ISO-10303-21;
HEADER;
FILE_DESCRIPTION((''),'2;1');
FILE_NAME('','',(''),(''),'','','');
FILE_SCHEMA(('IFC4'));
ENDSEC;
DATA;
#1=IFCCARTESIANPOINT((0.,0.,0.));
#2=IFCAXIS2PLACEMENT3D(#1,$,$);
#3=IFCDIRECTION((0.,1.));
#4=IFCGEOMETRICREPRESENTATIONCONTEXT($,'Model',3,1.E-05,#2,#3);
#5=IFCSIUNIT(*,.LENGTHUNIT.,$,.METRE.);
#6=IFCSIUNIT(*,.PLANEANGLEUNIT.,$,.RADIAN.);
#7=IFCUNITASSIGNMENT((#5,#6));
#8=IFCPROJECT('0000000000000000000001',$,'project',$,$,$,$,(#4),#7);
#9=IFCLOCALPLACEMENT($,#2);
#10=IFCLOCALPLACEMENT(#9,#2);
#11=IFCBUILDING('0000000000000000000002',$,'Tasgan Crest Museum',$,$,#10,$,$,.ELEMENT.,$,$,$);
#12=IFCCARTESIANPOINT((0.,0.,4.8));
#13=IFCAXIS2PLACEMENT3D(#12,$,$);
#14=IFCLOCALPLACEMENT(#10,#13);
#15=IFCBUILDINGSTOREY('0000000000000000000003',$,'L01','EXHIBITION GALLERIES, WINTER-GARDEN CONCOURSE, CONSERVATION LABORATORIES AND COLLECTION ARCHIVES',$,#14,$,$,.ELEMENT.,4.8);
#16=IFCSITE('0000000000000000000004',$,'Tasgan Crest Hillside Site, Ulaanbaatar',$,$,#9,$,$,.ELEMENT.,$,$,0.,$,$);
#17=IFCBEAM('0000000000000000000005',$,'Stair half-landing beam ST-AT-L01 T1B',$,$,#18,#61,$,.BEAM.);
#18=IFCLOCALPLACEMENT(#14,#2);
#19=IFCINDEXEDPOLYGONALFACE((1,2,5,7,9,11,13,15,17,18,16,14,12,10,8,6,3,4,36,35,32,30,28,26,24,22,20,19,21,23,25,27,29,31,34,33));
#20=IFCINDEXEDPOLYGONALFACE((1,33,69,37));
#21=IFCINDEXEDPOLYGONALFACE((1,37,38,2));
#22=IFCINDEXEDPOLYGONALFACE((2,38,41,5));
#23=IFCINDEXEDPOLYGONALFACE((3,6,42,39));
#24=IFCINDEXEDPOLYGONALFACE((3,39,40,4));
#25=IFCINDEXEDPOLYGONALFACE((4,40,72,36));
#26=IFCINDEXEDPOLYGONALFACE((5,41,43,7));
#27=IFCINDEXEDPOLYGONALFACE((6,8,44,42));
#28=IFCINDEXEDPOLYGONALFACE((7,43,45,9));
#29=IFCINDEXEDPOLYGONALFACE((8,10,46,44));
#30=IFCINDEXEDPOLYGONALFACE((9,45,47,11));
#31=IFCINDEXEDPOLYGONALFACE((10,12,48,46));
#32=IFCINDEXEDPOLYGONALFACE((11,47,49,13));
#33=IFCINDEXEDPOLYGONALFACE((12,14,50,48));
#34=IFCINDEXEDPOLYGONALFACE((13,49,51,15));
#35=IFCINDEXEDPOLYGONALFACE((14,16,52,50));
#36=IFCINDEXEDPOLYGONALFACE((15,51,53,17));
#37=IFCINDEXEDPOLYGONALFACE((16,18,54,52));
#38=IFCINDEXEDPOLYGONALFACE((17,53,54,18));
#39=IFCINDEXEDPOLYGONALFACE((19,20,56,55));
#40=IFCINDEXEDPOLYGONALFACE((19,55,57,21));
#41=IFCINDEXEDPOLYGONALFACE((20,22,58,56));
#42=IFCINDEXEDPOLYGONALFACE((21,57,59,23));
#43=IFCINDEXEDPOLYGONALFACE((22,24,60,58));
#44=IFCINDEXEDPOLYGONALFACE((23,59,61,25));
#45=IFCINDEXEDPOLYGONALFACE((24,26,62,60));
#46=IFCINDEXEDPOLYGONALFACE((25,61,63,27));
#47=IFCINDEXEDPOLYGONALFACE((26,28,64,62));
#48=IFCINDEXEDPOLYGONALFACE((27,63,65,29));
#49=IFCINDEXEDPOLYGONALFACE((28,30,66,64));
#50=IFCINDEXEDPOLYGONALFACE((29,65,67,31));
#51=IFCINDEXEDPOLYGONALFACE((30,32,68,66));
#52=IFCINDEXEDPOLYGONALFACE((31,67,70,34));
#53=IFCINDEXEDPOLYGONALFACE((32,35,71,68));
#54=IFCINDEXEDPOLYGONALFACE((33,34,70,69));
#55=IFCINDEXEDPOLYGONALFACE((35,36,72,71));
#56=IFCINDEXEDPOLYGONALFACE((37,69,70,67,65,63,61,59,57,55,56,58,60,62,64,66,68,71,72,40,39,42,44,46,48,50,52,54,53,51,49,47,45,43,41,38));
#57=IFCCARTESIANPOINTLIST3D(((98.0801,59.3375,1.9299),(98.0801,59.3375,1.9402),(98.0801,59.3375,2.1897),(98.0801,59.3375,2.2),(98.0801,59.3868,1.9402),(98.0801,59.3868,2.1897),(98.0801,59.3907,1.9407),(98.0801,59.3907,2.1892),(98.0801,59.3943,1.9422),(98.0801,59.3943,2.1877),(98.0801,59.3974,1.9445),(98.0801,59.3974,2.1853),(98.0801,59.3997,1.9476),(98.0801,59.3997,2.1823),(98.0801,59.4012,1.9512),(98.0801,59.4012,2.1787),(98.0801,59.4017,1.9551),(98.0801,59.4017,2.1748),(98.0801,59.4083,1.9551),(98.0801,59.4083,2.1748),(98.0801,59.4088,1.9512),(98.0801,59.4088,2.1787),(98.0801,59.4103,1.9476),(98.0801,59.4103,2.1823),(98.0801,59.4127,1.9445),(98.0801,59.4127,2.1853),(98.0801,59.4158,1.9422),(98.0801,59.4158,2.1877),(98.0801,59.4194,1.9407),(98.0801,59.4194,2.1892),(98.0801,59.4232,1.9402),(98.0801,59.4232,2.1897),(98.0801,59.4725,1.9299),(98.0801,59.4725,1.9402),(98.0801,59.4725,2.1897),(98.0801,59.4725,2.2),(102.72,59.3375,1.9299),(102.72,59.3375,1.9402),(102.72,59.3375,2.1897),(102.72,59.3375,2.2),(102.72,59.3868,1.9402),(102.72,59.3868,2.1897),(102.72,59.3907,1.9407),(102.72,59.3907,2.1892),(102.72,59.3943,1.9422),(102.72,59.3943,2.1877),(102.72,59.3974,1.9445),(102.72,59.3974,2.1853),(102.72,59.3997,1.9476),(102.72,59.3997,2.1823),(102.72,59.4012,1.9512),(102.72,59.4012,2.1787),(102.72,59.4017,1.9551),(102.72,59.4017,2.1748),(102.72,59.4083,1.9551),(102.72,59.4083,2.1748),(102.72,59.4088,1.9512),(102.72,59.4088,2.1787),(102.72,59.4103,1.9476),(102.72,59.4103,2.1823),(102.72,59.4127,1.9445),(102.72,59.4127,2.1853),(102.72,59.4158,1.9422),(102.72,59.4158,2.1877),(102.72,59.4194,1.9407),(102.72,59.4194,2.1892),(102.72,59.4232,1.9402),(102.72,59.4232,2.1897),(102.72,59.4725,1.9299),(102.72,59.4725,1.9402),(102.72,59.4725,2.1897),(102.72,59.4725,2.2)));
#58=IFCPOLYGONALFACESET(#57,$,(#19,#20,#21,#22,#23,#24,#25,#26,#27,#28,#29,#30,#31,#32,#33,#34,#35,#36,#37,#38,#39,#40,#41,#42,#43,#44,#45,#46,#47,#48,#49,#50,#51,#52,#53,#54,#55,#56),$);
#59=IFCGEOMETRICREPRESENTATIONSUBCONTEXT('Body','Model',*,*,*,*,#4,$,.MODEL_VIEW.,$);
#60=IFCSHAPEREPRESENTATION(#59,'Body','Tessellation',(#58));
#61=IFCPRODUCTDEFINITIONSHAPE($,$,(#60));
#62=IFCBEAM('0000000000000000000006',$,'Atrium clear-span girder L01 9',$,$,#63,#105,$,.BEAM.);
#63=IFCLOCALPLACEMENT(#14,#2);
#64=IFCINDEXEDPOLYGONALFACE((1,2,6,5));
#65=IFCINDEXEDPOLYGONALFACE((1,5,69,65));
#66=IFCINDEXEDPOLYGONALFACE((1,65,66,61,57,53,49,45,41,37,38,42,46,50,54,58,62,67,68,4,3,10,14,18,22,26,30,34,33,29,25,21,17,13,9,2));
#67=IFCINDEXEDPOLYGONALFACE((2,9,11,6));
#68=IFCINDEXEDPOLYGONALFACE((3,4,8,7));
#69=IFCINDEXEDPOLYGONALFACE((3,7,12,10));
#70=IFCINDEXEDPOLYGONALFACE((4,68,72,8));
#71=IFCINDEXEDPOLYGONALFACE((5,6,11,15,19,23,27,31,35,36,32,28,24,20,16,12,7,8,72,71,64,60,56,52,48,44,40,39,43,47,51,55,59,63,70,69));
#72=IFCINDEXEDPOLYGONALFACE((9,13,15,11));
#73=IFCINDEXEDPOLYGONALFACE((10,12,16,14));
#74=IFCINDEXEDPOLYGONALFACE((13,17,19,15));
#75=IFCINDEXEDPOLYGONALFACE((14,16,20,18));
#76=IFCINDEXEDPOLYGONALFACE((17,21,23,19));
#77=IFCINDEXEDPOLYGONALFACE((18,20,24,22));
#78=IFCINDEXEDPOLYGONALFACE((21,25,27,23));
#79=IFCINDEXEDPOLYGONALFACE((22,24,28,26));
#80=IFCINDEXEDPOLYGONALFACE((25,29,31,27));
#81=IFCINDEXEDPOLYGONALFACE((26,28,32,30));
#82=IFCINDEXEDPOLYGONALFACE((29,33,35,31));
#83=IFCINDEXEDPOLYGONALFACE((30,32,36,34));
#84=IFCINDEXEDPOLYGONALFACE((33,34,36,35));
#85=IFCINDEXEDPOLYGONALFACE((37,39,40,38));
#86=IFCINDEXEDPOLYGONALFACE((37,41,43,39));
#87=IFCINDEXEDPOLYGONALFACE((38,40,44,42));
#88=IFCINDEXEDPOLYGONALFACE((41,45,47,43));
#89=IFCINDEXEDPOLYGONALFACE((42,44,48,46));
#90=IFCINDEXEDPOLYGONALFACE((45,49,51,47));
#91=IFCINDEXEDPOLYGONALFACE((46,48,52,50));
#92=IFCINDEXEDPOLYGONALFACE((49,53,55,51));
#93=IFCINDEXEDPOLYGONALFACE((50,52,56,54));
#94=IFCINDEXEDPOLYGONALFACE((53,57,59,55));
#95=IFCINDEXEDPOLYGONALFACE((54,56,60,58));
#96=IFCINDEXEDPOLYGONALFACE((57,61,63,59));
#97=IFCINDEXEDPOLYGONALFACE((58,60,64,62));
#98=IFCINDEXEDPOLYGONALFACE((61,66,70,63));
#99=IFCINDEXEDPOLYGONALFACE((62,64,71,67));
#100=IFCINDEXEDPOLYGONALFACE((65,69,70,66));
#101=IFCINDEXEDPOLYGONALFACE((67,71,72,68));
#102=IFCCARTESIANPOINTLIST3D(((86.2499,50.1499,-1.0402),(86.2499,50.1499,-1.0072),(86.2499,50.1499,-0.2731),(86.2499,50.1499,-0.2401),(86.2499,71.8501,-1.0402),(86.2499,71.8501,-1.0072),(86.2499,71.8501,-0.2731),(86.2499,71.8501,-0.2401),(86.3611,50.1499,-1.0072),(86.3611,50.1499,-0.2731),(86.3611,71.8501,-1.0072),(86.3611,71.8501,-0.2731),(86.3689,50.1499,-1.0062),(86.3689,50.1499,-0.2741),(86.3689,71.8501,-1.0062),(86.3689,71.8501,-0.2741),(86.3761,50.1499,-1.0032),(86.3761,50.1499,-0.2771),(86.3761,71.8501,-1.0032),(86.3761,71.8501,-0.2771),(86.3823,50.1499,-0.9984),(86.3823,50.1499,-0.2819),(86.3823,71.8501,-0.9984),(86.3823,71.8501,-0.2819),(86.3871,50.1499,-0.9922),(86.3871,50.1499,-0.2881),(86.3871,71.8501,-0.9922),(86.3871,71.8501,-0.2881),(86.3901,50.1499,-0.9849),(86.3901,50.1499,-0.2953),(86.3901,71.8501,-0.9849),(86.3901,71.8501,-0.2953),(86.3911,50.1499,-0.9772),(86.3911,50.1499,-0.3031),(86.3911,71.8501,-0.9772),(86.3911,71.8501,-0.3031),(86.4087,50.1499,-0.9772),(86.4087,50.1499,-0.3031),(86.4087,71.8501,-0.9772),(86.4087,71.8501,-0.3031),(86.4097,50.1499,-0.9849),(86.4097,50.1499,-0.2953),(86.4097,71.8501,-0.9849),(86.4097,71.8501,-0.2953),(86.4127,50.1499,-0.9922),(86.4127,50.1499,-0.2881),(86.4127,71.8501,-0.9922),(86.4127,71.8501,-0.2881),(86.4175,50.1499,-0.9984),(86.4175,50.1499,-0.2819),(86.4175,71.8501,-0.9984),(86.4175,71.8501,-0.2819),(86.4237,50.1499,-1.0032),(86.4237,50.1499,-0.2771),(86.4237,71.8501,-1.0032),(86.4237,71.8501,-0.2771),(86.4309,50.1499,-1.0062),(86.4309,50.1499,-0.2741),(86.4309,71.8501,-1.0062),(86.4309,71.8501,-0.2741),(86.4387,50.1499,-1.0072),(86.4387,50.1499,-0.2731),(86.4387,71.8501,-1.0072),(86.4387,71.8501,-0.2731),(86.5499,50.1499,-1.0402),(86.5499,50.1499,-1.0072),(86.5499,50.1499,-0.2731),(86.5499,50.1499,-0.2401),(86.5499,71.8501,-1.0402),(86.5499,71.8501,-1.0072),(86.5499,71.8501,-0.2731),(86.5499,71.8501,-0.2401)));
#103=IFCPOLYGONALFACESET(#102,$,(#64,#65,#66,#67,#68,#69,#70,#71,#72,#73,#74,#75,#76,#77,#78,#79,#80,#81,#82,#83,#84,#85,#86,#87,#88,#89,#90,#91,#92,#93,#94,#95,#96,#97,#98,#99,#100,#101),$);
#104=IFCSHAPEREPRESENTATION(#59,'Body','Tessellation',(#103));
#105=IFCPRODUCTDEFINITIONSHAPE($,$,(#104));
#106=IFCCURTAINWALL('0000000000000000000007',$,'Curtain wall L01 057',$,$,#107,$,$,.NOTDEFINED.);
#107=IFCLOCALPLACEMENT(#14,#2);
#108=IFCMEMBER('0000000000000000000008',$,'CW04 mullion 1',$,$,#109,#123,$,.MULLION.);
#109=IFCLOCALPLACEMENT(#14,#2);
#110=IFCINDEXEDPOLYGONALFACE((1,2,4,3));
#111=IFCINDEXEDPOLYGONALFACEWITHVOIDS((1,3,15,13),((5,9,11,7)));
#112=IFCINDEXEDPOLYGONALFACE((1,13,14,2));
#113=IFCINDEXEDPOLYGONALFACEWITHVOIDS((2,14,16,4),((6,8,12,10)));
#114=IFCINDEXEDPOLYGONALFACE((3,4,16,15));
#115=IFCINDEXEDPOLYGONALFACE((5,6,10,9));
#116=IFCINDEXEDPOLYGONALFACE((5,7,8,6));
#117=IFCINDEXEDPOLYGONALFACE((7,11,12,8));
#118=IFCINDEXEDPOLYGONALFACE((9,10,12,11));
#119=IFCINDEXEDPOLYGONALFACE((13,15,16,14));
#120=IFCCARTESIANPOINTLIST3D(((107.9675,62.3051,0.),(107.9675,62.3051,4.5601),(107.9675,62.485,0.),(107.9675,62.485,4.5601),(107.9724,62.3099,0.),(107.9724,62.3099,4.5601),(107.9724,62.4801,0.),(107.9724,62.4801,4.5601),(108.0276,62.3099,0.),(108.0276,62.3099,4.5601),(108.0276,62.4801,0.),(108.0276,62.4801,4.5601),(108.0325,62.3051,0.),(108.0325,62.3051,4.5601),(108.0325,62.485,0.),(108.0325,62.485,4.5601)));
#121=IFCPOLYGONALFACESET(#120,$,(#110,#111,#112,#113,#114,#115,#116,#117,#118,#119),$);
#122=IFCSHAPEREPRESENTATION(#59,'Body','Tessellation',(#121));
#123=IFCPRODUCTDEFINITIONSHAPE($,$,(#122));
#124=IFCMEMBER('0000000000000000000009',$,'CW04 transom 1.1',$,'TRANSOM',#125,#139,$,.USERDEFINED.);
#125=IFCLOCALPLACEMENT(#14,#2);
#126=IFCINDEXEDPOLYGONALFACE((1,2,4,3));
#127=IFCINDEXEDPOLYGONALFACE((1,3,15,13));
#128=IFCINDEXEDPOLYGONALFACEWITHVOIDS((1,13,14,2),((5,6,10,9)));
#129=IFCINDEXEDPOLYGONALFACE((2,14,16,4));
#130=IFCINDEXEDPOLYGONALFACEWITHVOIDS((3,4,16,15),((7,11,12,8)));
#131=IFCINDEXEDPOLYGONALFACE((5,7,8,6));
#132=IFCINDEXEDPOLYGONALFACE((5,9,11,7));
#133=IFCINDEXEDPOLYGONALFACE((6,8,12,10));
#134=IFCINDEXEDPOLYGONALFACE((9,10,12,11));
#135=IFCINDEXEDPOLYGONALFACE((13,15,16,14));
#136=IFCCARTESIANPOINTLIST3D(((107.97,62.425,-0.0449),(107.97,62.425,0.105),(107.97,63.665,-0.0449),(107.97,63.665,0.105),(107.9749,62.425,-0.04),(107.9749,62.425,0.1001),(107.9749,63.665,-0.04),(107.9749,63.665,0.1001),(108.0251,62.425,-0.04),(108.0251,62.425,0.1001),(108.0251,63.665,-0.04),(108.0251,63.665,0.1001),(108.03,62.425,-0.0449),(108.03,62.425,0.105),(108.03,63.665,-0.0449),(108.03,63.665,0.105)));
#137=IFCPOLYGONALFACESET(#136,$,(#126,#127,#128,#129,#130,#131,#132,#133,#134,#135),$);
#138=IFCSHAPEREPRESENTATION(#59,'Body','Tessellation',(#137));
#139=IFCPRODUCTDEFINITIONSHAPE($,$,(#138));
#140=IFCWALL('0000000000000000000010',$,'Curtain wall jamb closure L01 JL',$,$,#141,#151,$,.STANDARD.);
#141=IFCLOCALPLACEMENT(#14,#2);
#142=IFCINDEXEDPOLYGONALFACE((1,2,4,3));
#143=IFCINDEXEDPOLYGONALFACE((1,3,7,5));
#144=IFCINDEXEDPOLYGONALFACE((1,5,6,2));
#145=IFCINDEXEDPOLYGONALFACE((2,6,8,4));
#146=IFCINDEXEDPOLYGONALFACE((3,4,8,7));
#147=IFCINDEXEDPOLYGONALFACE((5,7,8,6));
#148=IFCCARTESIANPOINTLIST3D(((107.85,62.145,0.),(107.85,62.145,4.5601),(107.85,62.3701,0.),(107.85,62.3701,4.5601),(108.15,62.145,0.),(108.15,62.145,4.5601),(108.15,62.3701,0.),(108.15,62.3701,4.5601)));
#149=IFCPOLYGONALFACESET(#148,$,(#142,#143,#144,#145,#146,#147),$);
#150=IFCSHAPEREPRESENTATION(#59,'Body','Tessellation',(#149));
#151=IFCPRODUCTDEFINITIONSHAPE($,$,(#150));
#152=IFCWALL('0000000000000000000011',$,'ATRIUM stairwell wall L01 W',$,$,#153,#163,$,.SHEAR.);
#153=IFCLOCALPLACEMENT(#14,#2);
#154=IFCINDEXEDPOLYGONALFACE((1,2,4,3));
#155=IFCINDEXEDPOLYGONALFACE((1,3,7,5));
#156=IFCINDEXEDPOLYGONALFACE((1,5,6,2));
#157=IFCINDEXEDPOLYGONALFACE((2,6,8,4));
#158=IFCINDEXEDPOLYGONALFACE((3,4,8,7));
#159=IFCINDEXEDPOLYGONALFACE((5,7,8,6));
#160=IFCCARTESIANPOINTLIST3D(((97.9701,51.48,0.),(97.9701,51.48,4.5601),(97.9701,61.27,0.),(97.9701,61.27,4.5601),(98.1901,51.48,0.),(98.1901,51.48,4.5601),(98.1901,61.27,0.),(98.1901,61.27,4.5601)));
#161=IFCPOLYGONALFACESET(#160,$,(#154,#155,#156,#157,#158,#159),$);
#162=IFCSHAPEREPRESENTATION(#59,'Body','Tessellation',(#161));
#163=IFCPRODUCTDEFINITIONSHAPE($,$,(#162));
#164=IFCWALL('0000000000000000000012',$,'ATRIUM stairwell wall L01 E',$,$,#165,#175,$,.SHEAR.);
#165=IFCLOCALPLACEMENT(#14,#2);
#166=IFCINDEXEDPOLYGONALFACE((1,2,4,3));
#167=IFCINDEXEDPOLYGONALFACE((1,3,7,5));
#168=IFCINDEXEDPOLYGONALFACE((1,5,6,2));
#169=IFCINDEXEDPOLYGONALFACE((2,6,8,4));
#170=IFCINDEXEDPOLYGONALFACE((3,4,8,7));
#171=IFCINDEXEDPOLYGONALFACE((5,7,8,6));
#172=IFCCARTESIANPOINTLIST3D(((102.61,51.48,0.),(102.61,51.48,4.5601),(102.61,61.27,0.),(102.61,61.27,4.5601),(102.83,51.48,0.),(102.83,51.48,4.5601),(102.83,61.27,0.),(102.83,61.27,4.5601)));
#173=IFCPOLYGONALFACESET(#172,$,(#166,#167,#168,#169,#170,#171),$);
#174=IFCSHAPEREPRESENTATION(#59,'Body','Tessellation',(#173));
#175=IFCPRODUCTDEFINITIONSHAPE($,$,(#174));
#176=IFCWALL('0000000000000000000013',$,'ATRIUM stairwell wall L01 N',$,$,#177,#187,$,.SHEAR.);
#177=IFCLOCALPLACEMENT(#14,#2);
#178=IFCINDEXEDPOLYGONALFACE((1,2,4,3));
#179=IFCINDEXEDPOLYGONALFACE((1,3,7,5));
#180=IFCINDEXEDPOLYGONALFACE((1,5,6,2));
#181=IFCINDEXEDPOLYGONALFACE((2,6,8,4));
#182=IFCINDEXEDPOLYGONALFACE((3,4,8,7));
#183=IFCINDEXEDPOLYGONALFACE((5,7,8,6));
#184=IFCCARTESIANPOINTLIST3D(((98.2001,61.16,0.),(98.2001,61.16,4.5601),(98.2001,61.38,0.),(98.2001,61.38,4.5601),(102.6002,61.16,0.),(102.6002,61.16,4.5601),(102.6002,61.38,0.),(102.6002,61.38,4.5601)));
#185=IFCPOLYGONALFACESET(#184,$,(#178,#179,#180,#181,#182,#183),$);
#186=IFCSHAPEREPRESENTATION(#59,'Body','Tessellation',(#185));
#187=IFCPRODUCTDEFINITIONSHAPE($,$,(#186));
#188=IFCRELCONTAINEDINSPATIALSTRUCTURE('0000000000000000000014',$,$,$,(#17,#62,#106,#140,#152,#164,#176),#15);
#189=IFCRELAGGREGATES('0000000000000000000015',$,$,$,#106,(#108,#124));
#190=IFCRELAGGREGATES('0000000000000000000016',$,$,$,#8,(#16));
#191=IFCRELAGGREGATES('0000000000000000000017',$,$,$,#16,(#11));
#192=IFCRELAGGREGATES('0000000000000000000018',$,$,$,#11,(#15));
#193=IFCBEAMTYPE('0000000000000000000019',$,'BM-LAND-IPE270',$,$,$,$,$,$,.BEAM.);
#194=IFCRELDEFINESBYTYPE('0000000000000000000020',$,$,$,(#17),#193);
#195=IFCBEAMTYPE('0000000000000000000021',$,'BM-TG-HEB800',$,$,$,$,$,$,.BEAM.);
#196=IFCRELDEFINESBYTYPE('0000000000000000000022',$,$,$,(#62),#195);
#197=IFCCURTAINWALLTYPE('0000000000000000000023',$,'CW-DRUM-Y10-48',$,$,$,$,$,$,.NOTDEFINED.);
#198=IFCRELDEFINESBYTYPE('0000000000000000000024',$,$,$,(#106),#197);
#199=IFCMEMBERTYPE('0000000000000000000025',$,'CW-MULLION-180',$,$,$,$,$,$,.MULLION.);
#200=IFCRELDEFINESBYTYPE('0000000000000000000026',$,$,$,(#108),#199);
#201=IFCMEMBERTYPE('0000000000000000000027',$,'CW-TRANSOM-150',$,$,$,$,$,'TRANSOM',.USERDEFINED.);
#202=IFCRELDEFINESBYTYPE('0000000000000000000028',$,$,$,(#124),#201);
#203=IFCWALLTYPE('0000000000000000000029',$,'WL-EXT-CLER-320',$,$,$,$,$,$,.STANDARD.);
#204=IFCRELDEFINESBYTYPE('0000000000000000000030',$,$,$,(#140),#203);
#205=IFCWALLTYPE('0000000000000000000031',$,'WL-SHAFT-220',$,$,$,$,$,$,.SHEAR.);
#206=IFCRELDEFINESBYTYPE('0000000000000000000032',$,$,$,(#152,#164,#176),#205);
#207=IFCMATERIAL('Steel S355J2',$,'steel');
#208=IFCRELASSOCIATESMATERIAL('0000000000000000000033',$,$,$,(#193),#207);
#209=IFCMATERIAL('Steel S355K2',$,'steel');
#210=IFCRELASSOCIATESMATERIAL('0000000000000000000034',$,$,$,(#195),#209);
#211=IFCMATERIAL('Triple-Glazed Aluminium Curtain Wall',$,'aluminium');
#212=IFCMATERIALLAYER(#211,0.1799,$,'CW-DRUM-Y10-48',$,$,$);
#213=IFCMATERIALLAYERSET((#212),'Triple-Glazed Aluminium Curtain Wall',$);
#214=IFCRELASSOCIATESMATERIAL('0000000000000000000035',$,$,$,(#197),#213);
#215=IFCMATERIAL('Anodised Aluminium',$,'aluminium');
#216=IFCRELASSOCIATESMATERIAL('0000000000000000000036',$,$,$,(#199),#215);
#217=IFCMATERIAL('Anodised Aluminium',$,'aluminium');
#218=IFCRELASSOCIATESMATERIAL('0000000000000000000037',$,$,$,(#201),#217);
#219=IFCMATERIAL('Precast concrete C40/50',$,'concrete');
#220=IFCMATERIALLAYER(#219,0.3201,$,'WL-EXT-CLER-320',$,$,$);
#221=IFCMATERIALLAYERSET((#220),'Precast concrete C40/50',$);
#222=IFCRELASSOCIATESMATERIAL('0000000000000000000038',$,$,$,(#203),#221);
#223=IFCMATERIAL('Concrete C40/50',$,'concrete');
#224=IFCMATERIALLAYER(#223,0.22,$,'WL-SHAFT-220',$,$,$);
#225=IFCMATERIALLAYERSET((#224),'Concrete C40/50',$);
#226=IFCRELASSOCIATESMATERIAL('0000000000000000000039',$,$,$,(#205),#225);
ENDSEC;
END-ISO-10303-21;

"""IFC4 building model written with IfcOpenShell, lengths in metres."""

from ifc_helpers import new_model, si_unit, direction, frame, frame_2d, origin, origin_2d, place, context, subcontext, project, spatial, rectangle, hollow_rectangle, i_section, extrude, material, layer, layer_set, material_profile, profile_set, type_object, element, aggregate, save


model = new_model("IFC4")

# Units and contexts
model_context = context("Model", 3, precision=1e-05, world=origin(), true_north=direction((0.0, 1.0)))
body_context = subcontext(model_context, "Body", "Model", "MODEL_VIEW")
ifc_project = project(units=[si_unit("LENGTHUNIT", "METRE"), si_unit("PLANEANGLEUNIT", "RADIAN")], contexts=[model_context])

# Site, building, storey
site_placement = place(None, origin())
site = spatial("IfcSite", under=ifc_project, at=site_placement, Name="Tasgan Crest Hillside Site, Ulaanbaatar", CompositionType="ELEMENT", RefElevation=0.0)
building_placement = place(site_placement, origin())
building = spatial("IfcBuilding", under=site, at=building_placement, Name="Tasgan Crest Museum", CompositionType="ELEMENT")
storey_placement = place(building_placement, frame((0.0, 0.0, 4.8)))
storey = spatial("IfcBuildingStorey", under=building, at=storey_placement, Name="L01", Description="EXHIBITION GALLERIES, WINTER-GARDEN CONCOURSE, CONSERVATION LABORATORIES AND COLLECTION ARCHIVES", CompositionType="ELEMENT", Elevation=4.8)

# Beams
ifc_material_1 = material(Name="Steel S355J2", Category="steel")
ifc_material_profile_1 = material_profile(ifc_material_1, i_section(OverallWidth=0.135, OverallDepth=0.27, WebThickness=0.0066, FlangeThickness=0.0103, FilletRadius=0.0149, at=origin_2d()), Name="IPE 270")
ifc_profile_set_1 = profile_set([ifc_material_profile_1], Name="Steel S355J2")
beam_type_1 = type_object("IfcBeamType", Name="BM-LAND-IPE270", PredefinedType="BEAM", material=ifc_profile_set_1)
for number, where, z_axis, x_axis, name in (
    (1, (98.0801, 59.405, 2.0649), (1.0, 0.0, 0.0), (0.0, 1.0, 0.0), "Stair half-landing beam ST-AT-L01 T1B"),
):
    element("IfcBeam", number, at=place(storey_placement, frame(where, z_axis=z_axis, x_axis=x_axis)), inside=storey, type_object=beam_type_1, Name=name, PredefinedType="BEAM", context=body_context, shape_type="SweptSolid", body=[
        extrude(i_section(OverallWidth=0.135, OverallDepth=0.27, WebThickness=0.0066, FlangeThickness=0.0103, FilletRadius=0.0149, at=origin_2d()), origin(), (0.0, 0.0, 1.0), 4.6399),
    ])
ifc_material_2 = material(Name="Steel S355K2", Category="steel")
ifc_material_profile_2 = material_profile(ifc_material_2, i_section(OverallWidth=0.3, OverallDepth=0.8, WebThickness=0.0176, FlangeThickness=0.033, FilletRadius=0.03, at=origin_2d()), Name="HEB 800")
ifc_profile_set_2 = profile_set([ifc_material_profile_2], Name="Steel S355K2")
beam_type_2 = type_object("IfcBeamType", Name="BM-TG-HEB800", PredefinedType="BEAM", material=ifc_profile_set_2)
beam_1_placement = place(storey_placement, frame((86.3999, 50.1499, -0.6401), z_axis=(0.0, 1.0, 0.0), x_axis=(-1.0, 0.0, 0.0)))
element("IfcBeam", 2, at=beam_1_placement, inside=storey, type_object=beam_type_2, Name="Atrium clear-span girder L01 9", PredefinedType="BEAM", context=body_context, shape_type="SweptSolid", body=[
    extrude(i_section(OverallWidth=0.3, OverallDepth=0.8, WebThickness=0.0176, FlangeThickness=0.033, FilletRadius=0.03, at=origin_2d()), origin(), (0.0, 0.0, 1.0), 21.7002),
])

# Curtain wall, members
ifc_material_3 = material(Name="Triple-Glazed Aluminium Curtain Wall", Category="aluminium")
ifc_layer_1 = layer(ifc_material_3, 0.1799, Name="CW-DRUM-Y10-48")
ifc_layer_set_1 = layer_set([ifc_layer_1], Name="Triple-Glazed Aluminium Curtain Wall")
curtain_wall_type = type_object("IfcCurtainWallType", Name="CW-DRUM-Y10-48", PredefinedType="NOTDEFINED", material=ifc_layer_set_1)
curtain_wall_placement = place(storey_placement, origin())
curtain_wall = element("IfcCurtainWall", 3, at=curtain_wall_placement, inside=storey, type_object=curtain_wall_type, Name="Curtain wall L01 057", PredefinedType="NOTDEFINED")
ifc_material_4 = material(Name="Anodised Aluminium", Category="aluminium")
ifc_material_profile_3 = material_profile(ifc_material_4, hollow_rectangle(XDim=0.0649, YDim=0.1799, WallThickness=0.0049, at=origin_2d()), Name="ALU MULLION 180x65x5")
ifc_profile_set_3 = profile_set([ifc_material_profile_3], Name="Anodised Aluminium")
member_type_1 = type_object("IfcMemberType", Name="CW-MULLION-180", PredefinedType="MULLION", material=ifc_profile_set_3)
member_1_placement = place(storey_placement, frame((108.0, 62.395, 0.0), z_axis=(0.0, 0.0, 1.0), x_axis=(-1.0, 0.0, 0.0)))
member_1 = element("IfcMember", 4, at=member_1_placement, type_object=member_type_1, Name="CW04 mullion 1", PredefinedType="MULLION", context=body_context, shape_type="SweptSolid", body=[
    extrude(hollow_rectangle(XDim=0.0649, YDim=0.1799, WallThickness=0.0049, at=origin_2d()), origin(), (0.0, 0.0, 1.0), 4.5601),
])
ifc_material_5 = material(Name="Anodised Aluminium", Category="aluminium")
ifc_material_profile_4 = material_profile(ifc_material_5, hollow_rectangle(XDim=0.0601, YDim=0.1499, WallThickness=0.0049, at=origin_2d()), Name="ALU TRANSOM 150x60x5")
ifc_profile_set_4 = profile_set([ifc_material_profile_4], Name="Anodised Aluminium")
member_type_2 = type_object("IfcMemberType", Name="CW-TRANSOM-150", ElementType="TRANSOM", PredefinedType="USERDEFINED", material=ifc_profile_set_4)
member_2_placement = place(storey_placement, frame((108.0, 62.425, 0.03), z_axis=(0.0, 1.0, 0.0), x_axis=(-1.0, 0.0, 0.0)))
member_2 = element("IfcMember", 5, at=member_2_placement, type_object=member_type_2, Name="CW04 transom 1.1", ObjectType="TRANSOM", PredefinedType="USERDEFINED", context=body_context, shape_type="SweptSolid", body=[
    extrude(hollow_rectangle(XDim=0.0601, YDim=0.1499, WallThickness=0.0049, at=origin_2d()), origin(), (0.0, 0.0, 1.0), 1.24),
])
aggregate(curtain_wall, [member_1, member_2])

# Walls
ifc_material_6 = material(Name="Precast concrete C40/50", Category="concrete")
ifc_layer_2 = layer(ifc_material_6, 0.3201, Name="WL-EXT-CLER-320")
ifc_layer_set_2 = layer_set([ifc_layer_2], Name="Precast concrete C40/50")
wall_type_1 = type_object("IfcWallType", Name="WL-EXT-CLER-320", PredefinedType="STANDARD", material=ifc_layer_set_2)
wall_1_placement = place(storey_placement, frame((108.0, 62.145, 0.0), z_axis=(0.0, 0.0, 1.0), x_axis=(0.0, 1.0, 0.0)))
element("IfcWall", 6, at=wall_1_placement, inside=storey, type_object=wall_type_1, Name="Curtain wall jamb closure L01 JL", PredefinedType="STANDARD", context=body_context, shape_type="SweptSolid", body=[
    extrude(rectangle(XDim=0.2251, YDim=0.3, at=frame_2d((0.1125, 0.0))), origin(), (0.0, 0.0, 1.0), 4.5601),
])
ifc_material_7 = material(Name="Concrete C40/50", Category="concrete")
ifc_layer_3 = layer(ifc_material_7, 0.22, Name="WL-SHAFT-220")
ifc_layer_set_3 = layer_set([ifc_layer_3], Name="Concrete C40/50")
wall_type_2 = type_object("IfcWallType", Name="WL-SHAFT-220", PredefinedType="SHEAR", material=ifc_layer_set_3)
for number, where, z_axis, x_axis, name in (
    (7, (98.0801, 51.48, 0.0), (0.0, 0.0, 1.0), (0.0, 1.0, 0.0), "ATRIUM stairwell wall L01 W"),
    (8, (102.72, 51.48, 0.0), (0.0, 0.0, 1.0), (0.0, 1.0, 0.0), "ATRIUM stairwell wall L01 E"),
):
    element("IfcWall", number, at=place(storey_placement, frame(where, z_axis=z_axis, x_axis=x_axis)), inside=storey, type_object=wall_type_2, Name=name, PredefinedType="SHEAR", context=body_context, shape_type="SweptSolid", body=[
        extrude(rectangle(XDim=9.79, YDim=0.22, at=frame_2d((4.895, 0.0))), origin(), (0.0, 0.0, 1.0), 4.5601),
    ])
wall_2_placement = place(storey_placement, frame((98.2, 61.27, 0.0), z_axis=(0.0, 0.0, 1.0), x_axis=(1.0, 0.0, 0.0)))
element("IfcWall", 9, at=wall_2_placement, inside=storey, type_object=wall_type_2, Name="ATRIUM stairwell wall L01 N", PredefinedType="SHEAR", context=body_context, shape_type="SweptSolid", body=[
    extrude(rectangle(XDim=4.4001, YDim=0.22, at=frame_2d((2.2002, 0.0))), origin(), (0.0, 0.0, 1.0), 4.5601),
])

save(model, "model.ifc")
